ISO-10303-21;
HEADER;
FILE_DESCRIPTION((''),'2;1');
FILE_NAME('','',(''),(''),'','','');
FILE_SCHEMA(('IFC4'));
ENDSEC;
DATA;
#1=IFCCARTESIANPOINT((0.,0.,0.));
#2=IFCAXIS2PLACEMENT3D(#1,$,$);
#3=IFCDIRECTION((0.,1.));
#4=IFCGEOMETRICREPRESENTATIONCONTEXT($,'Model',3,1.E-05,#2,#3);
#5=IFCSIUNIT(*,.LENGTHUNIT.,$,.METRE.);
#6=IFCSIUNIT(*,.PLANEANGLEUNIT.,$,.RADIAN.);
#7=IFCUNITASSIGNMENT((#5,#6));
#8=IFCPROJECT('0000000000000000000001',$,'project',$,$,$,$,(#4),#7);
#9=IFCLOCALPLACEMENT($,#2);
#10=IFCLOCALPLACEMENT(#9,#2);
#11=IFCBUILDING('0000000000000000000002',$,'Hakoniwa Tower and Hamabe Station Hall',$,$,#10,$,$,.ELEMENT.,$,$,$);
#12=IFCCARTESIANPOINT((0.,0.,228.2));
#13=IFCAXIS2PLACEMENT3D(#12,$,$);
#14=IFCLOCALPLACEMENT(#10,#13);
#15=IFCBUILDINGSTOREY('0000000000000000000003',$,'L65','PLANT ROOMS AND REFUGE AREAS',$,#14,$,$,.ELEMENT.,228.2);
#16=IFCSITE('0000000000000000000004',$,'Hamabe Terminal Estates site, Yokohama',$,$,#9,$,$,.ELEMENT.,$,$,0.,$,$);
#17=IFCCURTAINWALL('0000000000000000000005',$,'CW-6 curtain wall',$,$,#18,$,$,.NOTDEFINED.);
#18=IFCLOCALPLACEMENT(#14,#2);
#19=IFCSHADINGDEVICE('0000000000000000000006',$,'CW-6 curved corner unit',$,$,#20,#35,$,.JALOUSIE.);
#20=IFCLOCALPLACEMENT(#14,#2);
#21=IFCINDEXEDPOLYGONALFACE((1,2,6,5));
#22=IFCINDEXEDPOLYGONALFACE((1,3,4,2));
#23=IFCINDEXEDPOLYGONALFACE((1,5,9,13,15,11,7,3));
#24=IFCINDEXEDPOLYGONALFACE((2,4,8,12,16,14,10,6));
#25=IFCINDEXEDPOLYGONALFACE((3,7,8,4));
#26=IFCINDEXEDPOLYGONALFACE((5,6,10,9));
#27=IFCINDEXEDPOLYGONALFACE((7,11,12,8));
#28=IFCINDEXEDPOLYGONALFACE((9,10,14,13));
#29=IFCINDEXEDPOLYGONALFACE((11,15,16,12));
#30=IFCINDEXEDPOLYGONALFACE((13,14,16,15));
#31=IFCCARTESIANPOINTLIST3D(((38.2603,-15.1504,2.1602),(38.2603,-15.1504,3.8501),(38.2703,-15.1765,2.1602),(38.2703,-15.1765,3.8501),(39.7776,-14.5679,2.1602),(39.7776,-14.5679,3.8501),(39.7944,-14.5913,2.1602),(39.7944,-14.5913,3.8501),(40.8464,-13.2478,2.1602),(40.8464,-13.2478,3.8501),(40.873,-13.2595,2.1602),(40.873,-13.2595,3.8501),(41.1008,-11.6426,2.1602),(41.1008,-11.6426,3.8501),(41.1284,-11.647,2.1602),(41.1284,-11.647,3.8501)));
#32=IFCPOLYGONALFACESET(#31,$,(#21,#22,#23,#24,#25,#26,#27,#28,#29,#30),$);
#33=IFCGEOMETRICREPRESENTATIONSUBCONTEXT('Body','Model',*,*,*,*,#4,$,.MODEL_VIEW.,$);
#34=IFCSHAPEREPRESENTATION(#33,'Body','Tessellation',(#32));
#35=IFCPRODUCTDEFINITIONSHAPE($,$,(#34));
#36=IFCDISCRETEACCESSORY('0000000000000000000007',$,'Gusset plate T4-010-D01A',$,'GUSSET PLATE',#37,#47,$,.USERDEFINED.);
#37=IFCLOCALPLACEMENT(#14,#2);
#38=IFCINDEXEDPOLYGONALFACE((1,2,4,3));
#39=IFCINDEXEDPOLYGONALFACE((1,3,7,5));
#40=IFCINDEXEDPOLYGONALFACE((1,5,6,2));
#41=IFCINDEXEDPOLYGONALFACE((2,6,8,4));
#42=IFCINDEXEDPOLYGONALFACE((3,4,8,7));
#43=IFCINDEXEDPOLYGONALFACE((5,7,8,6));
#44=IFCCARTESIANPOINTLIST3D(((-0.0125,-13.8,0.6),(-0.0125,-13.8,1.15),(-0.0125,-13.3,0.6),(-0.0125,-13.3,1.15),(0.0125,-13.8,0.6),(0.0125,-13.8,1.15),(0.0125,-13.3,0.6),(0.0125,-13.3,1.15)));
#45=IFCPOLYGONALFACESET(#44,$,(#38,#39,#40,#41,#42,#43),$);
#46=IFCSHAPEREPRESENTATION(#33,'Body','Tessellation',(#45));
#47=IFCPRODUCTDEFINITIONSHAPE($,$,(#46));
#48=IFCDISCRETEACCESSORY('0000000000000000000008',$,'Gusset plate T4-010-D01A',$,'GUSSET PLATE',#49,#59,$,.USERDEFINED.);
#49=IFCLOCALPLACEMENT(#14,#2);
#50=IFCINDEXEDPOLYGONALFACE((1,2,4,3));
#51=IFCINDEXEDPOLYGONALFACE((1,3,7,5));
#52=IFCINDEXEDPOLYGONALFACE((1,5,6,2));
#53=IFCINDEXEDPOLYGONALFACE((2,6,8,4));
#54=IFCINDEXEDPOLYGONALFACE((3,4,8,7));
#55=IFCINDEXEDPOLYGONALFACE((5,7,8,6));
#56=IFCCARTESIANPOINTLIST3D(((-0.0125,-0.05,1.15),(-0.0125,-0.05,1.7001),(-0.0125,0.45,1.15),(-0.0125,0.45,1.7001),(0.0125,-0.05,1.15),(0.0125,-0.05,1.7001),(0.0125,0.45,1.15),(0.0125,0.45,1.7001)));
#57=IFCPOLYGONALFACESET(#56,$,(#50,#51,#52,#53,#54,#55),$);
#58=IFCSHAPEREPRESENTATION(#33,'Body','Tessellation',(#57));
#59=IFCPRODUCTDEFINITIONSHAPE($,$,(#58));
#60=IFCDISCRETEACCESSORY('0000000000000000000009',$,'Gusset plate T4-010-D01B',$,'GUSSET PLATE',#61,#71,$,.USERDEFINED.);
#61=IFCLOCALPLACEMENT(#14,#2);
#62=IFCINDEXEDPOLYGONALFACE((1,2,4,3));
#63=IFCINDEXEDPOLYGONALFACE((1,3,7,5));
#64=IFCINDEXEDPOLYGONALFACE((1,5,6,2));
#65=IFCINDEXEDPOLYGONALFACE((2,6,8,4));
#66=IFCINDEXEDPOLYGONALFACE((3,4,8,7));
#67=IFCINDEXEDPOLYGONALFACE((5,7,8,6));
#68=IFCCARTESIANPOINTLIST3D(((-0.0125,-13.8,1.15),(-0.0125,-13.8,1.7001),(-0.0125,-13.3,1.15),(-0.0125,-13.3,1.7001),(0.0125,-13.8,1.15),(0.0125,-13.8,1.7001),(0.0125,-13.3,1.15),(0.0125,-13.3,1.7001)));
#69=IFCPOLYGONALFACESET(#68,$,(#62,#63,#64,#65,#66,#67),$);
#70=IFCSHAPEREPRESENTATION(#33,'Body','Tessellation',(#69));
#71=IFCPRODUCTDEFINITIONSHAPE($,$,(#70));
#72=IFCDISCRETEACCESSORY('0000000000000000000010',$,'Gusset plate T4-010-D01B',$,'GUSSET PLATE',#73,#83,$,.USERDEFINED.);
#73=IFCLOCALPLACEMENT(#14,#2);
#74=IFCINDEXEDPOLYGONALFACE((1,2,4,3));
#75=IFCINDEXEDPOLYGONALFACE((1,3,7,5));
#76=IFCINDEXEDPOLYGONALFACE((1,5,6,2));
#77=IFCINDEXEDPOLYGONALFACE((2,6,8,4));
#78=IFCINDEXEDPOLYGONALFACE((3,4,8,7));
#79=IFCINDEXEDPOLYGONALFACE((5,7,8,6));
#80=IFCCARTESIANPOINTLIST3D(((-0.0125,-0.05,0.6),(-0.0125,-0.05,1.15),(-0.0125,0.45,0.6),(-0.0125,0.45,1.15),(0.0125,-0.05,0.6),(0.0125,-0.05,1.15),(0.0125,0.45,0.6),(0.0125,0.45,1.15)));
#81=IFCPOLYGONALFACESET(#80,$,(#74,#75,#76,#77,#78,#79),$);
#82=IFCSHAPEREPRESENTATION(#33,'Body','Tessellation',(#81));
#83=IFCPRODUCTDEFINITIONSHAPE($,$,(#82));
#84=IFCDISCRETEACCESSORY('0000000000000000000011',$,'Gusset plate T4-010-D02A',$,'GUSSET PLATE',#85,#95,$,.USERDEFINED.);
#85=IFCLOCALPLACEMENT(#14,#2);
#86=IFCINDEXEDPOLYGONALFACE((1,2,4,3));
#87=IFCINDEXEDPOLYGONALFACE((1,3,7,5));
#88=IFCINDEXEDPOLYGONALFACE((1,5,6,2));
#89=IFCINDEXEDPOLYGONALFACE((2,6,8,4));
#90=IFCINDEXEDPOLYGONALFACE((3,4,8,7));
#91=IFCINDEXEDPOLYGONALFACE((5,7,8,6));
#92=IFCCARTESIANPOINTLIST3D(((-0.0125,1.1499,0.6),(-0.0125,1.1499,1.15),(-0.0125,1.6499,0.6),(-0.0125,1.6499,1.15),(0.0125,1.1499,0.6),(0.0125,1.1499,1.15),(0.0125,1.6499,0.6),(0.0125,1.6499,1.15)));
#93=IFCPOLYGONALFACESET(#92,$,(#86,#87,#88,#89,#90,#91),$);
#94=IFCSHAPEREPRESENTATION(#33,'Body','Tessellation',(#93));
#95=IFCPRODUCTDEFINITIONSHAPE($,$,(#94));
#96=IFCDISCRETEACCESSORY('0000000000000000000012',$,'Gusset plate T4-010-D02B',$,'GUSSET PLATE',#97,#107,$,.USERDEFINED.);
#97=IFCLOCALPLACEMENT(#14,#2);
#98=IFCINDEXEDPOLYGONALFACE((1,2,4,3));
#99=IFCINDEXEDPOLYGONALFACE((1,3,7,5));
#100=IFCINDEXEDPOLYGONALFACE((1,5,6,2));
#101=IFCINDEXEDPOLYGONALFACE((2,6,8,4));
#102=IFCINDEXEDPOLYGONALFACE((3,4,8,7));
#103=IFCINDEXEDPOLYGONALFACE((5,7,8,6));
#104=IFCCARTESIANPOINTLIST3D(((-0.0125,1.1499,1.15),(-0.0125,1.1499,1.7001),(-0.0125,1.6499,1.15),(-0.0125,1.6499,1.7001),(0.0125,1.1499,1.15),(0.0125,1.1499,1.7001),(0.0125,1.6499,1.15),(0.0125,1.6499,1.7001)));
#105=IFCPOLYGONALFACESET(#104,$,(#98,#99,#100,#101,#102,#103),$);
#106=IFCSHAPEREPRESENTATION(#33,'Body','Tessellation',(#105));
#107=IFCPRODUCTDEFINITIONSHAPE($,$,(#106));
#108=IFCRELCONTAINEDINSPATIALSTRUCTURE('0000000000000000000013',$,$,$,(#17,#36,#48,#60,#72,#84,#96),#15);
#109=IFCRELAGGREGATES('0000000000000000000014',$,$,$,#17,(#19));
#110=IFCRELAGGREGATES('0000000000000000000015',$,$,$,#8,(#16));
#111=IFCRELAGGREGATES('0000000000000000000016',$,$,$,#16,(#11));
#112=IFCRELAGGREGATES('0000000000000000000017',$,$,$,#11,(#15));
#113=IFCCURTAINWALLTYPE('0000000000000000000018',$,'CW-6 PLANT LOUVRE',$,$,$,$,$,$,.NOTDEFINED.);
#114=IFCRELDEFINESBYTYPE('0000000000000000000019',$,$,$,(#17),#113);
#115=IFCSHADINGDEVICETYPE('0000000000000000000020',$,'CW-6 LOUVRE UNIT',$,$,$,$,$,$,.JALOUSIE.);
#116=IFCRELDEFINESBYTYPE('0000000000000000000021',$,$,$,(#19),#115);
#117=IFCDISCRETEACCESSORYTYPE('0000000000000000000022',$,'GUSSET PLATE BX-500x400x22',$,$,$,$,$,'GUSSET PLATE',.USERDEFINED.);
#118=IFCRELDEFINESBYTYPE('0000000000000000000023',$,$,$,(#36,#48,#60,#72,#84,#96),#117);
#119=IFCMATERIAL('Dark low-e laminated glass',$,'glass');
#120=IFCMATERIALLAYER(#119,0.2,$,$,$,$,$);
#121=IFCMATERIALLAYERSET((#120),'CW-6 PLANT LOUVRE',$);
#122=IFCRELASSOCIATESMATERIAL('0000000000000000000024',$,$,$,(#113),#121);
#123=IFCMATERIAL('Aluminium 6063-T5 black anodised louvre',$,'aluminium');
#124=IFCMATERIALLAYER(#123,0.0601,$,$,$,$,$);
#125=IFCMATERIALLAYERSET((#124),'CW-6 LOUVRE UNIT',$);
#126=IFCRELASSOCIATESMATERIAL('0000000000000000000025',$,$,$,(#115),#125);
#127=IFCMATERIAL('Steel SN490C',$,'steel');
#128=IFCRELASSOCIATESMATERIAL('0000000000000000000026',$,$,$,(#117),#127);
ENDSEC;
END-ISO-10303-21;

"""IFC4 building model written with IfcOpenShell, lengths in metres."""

from ifc_helpers import new_model, si_unit, direction, frame, origin, origin_2d, place, context, subcontext, project, spatial, polyline, rectangle, outline, extrude, material, layer, layer_set, material_profile, profile_set, type_object, element, aggregate, save


model = new_model("IFC4")

# Units and contexts
model_context = context("Model", 3, precision=1e-05, world=origin(), true_north=direction((0.0, 1.0)))
body_context = subcontext(model_context, "Body", "Model", "MODEL_VIEW")
ifc_project = project(units=[si_unit("LENGTHUNIT", "METRE"), si_unit("PLANEANGLEUNIT", "RADIAN")], contexts=[model_context])

# Site, building, storey
site_placement = place(None, origin())
site = spatial("IfcSite", under=ifc_project, at=site_placement, Name="Hamabe Terminal Estates site, Yokohama", CompositionType="ELEMENT", RefElevation=0.0)
building_placement = place(site_placement, origin())
building = spatial("IfcBuilding", under=site, at=building_placement, Name="Hakoniwa Tower and Hamabe Station Hall", CompositionType="ELEMENT")
storey_placement = place(building_placement, frame((0.0, 0.0, 228.2)))
storey = spatial("IfcBuildingStorey", under=building, at=storey_placement, Name="L65", Description="PLANT ROOMS AND REFUGE AREAS", CompositionType="ELEMENT", Elevation=228.2)

# Curtain wall
ifc_material_1 = material(Name="Dark low-e laminated glass", Category="glass")
ifc_layer_1 = layer(ifc_material_1, 0.2)
ifc_layer_set_1 = layer_set([ifc_layer_1], Name="CW-6 PLANT LOUVRE")
curtain_wall_type = type_object("IfcCurtainWallType", Name="CW-6 PLANT LOUVRE", PredefinedType="NOTDEFINED", material=ifc_layer_set_1)
curtain_wall_1_placement = place(storey_placement, origin())
curtain_wall_1 = element("IfcCurtainWall", 1, at=curtain_wall_1_placement, inside=storey, type_object=curtain_wall_type, Name="CW-6 curtain wall", PredefinedType="NOTDEFINED")

# Shading device
ifc_material_2 = material(Name="Aluminium 6063-T5 black anodised louvre", Category="aluminium")
ifc_layer_2 = layer(ifc_material_2, 0.0601)
ifc_layer_set_2 = layer_set([ifc_layer_2], Name="CW-6 LOUVRE UNIT")
shading_device_type = type_object("IfcShadingDeviceType", Name="CW-6 LOUVRE UNIT", PredefinedType="JALOUSIE", material=ifc_layer_set_2)
shading_device_1_placement = place(storey_placement, frame((0.0, 0.0, 2.1602)))
shading_device_1 = element("IfcShadingDevice", 2, at=shading_device_1_placement, type_object=shading_device_type, Name="CW-6 curved corner unit", PredefinedType="JALOUSIE", context=body_context, shape_type="SweptSolid", body=[
    extrude(outline(polyline([(38.2703, -15.1765), (39.7944, -14.5913), (40.873, -13.2595), (41.1284, -11.647), (41.1008, -11.6426), (40.8464, -13.2478), (39.7776, -14.5679), (38.2603, -15.1504), (38.2703, -15.1765)])), origin(), (0.0, 0.0, 1.0), 1.6899),
])
aggregate(curtain_wall_1, [shading_device_1])

# Discrete accessories
ifc_material_3 = material(Name="Steel SN490C", Category="steel")
ifc_material_profile_1 = material_profile(ifc_material_3, rectangle(XDim=0.5, YDim=0.55, at=origin_2d()), Name="GUSSET PLATE BX-500x400x22")
ifc_profile_set_1 = profile_set([ifc_material_profile_1], Name="Steel SN490C")
discrete_accessory_type = type_object("IfcDiscreteAccessoryType", Name="GUSSET PLATE BX-500x400x22", ElementType="GUSSET PLATE", PredefinedType="USERDEFINED", material=ifc_profile_set_1)
for number, where, z_axis, x_axis, name in (
    (3, (0.0125, -13.55, 0.875), (-1.0, 0.0, 0.0), (0.0, -1.0, 0.0), "Gusset plate T4-010-D01A"),
    (4, (0.0125, 0.2, 1.425), (-1.0, 0.0, 0.0), (0.0, -1.0, 0.0), "Gusset plate T4-010-D01A"),
    (5, (0.0125, -13.55, 1.425), (-1.0, 0.0, 0.0), (0.0, -1.0, 0.0), "Gusset plate T4-010-D01B"),
    (6, (0.0125, 0.2, 0.875), (-1.0, 0.0, 0.0), (0.0, -1.0, 0.0), "Gusset plate T4-010-D01B"),
    (7, (0.0125, 1.3999, 0.875), (-1.0, 0.0, 0.0), (0.0, -1.0, 0.0), "Gusset plate T4-010-D02A"),
    (8, (0.0125, 1.3999, 1.425), (-1.0, 0.0, 0.0), (0.0, -1.0, 0.0), "Gusset plate T4-010-D02B"),
):
    element("IfcDiscreteAccessory", number, at=place(storey_placement, frame(where, z_axis=z_axis, x_axis=x_axis)), inside=storey, type_object=discrete_accessory_type, Name=name, ObjectType="GUSSET PLATE", PredefinedType="USERDEFINED", context=body_context, shape_type="SweptSolid", body=[
        extrude(rectangle(XDim=0.5, YDim=0.55, at=origin_2d()), origin(), (0.0, 0.0, 1.0), 0.0249),
    ])

save(model, "model.ifc")
